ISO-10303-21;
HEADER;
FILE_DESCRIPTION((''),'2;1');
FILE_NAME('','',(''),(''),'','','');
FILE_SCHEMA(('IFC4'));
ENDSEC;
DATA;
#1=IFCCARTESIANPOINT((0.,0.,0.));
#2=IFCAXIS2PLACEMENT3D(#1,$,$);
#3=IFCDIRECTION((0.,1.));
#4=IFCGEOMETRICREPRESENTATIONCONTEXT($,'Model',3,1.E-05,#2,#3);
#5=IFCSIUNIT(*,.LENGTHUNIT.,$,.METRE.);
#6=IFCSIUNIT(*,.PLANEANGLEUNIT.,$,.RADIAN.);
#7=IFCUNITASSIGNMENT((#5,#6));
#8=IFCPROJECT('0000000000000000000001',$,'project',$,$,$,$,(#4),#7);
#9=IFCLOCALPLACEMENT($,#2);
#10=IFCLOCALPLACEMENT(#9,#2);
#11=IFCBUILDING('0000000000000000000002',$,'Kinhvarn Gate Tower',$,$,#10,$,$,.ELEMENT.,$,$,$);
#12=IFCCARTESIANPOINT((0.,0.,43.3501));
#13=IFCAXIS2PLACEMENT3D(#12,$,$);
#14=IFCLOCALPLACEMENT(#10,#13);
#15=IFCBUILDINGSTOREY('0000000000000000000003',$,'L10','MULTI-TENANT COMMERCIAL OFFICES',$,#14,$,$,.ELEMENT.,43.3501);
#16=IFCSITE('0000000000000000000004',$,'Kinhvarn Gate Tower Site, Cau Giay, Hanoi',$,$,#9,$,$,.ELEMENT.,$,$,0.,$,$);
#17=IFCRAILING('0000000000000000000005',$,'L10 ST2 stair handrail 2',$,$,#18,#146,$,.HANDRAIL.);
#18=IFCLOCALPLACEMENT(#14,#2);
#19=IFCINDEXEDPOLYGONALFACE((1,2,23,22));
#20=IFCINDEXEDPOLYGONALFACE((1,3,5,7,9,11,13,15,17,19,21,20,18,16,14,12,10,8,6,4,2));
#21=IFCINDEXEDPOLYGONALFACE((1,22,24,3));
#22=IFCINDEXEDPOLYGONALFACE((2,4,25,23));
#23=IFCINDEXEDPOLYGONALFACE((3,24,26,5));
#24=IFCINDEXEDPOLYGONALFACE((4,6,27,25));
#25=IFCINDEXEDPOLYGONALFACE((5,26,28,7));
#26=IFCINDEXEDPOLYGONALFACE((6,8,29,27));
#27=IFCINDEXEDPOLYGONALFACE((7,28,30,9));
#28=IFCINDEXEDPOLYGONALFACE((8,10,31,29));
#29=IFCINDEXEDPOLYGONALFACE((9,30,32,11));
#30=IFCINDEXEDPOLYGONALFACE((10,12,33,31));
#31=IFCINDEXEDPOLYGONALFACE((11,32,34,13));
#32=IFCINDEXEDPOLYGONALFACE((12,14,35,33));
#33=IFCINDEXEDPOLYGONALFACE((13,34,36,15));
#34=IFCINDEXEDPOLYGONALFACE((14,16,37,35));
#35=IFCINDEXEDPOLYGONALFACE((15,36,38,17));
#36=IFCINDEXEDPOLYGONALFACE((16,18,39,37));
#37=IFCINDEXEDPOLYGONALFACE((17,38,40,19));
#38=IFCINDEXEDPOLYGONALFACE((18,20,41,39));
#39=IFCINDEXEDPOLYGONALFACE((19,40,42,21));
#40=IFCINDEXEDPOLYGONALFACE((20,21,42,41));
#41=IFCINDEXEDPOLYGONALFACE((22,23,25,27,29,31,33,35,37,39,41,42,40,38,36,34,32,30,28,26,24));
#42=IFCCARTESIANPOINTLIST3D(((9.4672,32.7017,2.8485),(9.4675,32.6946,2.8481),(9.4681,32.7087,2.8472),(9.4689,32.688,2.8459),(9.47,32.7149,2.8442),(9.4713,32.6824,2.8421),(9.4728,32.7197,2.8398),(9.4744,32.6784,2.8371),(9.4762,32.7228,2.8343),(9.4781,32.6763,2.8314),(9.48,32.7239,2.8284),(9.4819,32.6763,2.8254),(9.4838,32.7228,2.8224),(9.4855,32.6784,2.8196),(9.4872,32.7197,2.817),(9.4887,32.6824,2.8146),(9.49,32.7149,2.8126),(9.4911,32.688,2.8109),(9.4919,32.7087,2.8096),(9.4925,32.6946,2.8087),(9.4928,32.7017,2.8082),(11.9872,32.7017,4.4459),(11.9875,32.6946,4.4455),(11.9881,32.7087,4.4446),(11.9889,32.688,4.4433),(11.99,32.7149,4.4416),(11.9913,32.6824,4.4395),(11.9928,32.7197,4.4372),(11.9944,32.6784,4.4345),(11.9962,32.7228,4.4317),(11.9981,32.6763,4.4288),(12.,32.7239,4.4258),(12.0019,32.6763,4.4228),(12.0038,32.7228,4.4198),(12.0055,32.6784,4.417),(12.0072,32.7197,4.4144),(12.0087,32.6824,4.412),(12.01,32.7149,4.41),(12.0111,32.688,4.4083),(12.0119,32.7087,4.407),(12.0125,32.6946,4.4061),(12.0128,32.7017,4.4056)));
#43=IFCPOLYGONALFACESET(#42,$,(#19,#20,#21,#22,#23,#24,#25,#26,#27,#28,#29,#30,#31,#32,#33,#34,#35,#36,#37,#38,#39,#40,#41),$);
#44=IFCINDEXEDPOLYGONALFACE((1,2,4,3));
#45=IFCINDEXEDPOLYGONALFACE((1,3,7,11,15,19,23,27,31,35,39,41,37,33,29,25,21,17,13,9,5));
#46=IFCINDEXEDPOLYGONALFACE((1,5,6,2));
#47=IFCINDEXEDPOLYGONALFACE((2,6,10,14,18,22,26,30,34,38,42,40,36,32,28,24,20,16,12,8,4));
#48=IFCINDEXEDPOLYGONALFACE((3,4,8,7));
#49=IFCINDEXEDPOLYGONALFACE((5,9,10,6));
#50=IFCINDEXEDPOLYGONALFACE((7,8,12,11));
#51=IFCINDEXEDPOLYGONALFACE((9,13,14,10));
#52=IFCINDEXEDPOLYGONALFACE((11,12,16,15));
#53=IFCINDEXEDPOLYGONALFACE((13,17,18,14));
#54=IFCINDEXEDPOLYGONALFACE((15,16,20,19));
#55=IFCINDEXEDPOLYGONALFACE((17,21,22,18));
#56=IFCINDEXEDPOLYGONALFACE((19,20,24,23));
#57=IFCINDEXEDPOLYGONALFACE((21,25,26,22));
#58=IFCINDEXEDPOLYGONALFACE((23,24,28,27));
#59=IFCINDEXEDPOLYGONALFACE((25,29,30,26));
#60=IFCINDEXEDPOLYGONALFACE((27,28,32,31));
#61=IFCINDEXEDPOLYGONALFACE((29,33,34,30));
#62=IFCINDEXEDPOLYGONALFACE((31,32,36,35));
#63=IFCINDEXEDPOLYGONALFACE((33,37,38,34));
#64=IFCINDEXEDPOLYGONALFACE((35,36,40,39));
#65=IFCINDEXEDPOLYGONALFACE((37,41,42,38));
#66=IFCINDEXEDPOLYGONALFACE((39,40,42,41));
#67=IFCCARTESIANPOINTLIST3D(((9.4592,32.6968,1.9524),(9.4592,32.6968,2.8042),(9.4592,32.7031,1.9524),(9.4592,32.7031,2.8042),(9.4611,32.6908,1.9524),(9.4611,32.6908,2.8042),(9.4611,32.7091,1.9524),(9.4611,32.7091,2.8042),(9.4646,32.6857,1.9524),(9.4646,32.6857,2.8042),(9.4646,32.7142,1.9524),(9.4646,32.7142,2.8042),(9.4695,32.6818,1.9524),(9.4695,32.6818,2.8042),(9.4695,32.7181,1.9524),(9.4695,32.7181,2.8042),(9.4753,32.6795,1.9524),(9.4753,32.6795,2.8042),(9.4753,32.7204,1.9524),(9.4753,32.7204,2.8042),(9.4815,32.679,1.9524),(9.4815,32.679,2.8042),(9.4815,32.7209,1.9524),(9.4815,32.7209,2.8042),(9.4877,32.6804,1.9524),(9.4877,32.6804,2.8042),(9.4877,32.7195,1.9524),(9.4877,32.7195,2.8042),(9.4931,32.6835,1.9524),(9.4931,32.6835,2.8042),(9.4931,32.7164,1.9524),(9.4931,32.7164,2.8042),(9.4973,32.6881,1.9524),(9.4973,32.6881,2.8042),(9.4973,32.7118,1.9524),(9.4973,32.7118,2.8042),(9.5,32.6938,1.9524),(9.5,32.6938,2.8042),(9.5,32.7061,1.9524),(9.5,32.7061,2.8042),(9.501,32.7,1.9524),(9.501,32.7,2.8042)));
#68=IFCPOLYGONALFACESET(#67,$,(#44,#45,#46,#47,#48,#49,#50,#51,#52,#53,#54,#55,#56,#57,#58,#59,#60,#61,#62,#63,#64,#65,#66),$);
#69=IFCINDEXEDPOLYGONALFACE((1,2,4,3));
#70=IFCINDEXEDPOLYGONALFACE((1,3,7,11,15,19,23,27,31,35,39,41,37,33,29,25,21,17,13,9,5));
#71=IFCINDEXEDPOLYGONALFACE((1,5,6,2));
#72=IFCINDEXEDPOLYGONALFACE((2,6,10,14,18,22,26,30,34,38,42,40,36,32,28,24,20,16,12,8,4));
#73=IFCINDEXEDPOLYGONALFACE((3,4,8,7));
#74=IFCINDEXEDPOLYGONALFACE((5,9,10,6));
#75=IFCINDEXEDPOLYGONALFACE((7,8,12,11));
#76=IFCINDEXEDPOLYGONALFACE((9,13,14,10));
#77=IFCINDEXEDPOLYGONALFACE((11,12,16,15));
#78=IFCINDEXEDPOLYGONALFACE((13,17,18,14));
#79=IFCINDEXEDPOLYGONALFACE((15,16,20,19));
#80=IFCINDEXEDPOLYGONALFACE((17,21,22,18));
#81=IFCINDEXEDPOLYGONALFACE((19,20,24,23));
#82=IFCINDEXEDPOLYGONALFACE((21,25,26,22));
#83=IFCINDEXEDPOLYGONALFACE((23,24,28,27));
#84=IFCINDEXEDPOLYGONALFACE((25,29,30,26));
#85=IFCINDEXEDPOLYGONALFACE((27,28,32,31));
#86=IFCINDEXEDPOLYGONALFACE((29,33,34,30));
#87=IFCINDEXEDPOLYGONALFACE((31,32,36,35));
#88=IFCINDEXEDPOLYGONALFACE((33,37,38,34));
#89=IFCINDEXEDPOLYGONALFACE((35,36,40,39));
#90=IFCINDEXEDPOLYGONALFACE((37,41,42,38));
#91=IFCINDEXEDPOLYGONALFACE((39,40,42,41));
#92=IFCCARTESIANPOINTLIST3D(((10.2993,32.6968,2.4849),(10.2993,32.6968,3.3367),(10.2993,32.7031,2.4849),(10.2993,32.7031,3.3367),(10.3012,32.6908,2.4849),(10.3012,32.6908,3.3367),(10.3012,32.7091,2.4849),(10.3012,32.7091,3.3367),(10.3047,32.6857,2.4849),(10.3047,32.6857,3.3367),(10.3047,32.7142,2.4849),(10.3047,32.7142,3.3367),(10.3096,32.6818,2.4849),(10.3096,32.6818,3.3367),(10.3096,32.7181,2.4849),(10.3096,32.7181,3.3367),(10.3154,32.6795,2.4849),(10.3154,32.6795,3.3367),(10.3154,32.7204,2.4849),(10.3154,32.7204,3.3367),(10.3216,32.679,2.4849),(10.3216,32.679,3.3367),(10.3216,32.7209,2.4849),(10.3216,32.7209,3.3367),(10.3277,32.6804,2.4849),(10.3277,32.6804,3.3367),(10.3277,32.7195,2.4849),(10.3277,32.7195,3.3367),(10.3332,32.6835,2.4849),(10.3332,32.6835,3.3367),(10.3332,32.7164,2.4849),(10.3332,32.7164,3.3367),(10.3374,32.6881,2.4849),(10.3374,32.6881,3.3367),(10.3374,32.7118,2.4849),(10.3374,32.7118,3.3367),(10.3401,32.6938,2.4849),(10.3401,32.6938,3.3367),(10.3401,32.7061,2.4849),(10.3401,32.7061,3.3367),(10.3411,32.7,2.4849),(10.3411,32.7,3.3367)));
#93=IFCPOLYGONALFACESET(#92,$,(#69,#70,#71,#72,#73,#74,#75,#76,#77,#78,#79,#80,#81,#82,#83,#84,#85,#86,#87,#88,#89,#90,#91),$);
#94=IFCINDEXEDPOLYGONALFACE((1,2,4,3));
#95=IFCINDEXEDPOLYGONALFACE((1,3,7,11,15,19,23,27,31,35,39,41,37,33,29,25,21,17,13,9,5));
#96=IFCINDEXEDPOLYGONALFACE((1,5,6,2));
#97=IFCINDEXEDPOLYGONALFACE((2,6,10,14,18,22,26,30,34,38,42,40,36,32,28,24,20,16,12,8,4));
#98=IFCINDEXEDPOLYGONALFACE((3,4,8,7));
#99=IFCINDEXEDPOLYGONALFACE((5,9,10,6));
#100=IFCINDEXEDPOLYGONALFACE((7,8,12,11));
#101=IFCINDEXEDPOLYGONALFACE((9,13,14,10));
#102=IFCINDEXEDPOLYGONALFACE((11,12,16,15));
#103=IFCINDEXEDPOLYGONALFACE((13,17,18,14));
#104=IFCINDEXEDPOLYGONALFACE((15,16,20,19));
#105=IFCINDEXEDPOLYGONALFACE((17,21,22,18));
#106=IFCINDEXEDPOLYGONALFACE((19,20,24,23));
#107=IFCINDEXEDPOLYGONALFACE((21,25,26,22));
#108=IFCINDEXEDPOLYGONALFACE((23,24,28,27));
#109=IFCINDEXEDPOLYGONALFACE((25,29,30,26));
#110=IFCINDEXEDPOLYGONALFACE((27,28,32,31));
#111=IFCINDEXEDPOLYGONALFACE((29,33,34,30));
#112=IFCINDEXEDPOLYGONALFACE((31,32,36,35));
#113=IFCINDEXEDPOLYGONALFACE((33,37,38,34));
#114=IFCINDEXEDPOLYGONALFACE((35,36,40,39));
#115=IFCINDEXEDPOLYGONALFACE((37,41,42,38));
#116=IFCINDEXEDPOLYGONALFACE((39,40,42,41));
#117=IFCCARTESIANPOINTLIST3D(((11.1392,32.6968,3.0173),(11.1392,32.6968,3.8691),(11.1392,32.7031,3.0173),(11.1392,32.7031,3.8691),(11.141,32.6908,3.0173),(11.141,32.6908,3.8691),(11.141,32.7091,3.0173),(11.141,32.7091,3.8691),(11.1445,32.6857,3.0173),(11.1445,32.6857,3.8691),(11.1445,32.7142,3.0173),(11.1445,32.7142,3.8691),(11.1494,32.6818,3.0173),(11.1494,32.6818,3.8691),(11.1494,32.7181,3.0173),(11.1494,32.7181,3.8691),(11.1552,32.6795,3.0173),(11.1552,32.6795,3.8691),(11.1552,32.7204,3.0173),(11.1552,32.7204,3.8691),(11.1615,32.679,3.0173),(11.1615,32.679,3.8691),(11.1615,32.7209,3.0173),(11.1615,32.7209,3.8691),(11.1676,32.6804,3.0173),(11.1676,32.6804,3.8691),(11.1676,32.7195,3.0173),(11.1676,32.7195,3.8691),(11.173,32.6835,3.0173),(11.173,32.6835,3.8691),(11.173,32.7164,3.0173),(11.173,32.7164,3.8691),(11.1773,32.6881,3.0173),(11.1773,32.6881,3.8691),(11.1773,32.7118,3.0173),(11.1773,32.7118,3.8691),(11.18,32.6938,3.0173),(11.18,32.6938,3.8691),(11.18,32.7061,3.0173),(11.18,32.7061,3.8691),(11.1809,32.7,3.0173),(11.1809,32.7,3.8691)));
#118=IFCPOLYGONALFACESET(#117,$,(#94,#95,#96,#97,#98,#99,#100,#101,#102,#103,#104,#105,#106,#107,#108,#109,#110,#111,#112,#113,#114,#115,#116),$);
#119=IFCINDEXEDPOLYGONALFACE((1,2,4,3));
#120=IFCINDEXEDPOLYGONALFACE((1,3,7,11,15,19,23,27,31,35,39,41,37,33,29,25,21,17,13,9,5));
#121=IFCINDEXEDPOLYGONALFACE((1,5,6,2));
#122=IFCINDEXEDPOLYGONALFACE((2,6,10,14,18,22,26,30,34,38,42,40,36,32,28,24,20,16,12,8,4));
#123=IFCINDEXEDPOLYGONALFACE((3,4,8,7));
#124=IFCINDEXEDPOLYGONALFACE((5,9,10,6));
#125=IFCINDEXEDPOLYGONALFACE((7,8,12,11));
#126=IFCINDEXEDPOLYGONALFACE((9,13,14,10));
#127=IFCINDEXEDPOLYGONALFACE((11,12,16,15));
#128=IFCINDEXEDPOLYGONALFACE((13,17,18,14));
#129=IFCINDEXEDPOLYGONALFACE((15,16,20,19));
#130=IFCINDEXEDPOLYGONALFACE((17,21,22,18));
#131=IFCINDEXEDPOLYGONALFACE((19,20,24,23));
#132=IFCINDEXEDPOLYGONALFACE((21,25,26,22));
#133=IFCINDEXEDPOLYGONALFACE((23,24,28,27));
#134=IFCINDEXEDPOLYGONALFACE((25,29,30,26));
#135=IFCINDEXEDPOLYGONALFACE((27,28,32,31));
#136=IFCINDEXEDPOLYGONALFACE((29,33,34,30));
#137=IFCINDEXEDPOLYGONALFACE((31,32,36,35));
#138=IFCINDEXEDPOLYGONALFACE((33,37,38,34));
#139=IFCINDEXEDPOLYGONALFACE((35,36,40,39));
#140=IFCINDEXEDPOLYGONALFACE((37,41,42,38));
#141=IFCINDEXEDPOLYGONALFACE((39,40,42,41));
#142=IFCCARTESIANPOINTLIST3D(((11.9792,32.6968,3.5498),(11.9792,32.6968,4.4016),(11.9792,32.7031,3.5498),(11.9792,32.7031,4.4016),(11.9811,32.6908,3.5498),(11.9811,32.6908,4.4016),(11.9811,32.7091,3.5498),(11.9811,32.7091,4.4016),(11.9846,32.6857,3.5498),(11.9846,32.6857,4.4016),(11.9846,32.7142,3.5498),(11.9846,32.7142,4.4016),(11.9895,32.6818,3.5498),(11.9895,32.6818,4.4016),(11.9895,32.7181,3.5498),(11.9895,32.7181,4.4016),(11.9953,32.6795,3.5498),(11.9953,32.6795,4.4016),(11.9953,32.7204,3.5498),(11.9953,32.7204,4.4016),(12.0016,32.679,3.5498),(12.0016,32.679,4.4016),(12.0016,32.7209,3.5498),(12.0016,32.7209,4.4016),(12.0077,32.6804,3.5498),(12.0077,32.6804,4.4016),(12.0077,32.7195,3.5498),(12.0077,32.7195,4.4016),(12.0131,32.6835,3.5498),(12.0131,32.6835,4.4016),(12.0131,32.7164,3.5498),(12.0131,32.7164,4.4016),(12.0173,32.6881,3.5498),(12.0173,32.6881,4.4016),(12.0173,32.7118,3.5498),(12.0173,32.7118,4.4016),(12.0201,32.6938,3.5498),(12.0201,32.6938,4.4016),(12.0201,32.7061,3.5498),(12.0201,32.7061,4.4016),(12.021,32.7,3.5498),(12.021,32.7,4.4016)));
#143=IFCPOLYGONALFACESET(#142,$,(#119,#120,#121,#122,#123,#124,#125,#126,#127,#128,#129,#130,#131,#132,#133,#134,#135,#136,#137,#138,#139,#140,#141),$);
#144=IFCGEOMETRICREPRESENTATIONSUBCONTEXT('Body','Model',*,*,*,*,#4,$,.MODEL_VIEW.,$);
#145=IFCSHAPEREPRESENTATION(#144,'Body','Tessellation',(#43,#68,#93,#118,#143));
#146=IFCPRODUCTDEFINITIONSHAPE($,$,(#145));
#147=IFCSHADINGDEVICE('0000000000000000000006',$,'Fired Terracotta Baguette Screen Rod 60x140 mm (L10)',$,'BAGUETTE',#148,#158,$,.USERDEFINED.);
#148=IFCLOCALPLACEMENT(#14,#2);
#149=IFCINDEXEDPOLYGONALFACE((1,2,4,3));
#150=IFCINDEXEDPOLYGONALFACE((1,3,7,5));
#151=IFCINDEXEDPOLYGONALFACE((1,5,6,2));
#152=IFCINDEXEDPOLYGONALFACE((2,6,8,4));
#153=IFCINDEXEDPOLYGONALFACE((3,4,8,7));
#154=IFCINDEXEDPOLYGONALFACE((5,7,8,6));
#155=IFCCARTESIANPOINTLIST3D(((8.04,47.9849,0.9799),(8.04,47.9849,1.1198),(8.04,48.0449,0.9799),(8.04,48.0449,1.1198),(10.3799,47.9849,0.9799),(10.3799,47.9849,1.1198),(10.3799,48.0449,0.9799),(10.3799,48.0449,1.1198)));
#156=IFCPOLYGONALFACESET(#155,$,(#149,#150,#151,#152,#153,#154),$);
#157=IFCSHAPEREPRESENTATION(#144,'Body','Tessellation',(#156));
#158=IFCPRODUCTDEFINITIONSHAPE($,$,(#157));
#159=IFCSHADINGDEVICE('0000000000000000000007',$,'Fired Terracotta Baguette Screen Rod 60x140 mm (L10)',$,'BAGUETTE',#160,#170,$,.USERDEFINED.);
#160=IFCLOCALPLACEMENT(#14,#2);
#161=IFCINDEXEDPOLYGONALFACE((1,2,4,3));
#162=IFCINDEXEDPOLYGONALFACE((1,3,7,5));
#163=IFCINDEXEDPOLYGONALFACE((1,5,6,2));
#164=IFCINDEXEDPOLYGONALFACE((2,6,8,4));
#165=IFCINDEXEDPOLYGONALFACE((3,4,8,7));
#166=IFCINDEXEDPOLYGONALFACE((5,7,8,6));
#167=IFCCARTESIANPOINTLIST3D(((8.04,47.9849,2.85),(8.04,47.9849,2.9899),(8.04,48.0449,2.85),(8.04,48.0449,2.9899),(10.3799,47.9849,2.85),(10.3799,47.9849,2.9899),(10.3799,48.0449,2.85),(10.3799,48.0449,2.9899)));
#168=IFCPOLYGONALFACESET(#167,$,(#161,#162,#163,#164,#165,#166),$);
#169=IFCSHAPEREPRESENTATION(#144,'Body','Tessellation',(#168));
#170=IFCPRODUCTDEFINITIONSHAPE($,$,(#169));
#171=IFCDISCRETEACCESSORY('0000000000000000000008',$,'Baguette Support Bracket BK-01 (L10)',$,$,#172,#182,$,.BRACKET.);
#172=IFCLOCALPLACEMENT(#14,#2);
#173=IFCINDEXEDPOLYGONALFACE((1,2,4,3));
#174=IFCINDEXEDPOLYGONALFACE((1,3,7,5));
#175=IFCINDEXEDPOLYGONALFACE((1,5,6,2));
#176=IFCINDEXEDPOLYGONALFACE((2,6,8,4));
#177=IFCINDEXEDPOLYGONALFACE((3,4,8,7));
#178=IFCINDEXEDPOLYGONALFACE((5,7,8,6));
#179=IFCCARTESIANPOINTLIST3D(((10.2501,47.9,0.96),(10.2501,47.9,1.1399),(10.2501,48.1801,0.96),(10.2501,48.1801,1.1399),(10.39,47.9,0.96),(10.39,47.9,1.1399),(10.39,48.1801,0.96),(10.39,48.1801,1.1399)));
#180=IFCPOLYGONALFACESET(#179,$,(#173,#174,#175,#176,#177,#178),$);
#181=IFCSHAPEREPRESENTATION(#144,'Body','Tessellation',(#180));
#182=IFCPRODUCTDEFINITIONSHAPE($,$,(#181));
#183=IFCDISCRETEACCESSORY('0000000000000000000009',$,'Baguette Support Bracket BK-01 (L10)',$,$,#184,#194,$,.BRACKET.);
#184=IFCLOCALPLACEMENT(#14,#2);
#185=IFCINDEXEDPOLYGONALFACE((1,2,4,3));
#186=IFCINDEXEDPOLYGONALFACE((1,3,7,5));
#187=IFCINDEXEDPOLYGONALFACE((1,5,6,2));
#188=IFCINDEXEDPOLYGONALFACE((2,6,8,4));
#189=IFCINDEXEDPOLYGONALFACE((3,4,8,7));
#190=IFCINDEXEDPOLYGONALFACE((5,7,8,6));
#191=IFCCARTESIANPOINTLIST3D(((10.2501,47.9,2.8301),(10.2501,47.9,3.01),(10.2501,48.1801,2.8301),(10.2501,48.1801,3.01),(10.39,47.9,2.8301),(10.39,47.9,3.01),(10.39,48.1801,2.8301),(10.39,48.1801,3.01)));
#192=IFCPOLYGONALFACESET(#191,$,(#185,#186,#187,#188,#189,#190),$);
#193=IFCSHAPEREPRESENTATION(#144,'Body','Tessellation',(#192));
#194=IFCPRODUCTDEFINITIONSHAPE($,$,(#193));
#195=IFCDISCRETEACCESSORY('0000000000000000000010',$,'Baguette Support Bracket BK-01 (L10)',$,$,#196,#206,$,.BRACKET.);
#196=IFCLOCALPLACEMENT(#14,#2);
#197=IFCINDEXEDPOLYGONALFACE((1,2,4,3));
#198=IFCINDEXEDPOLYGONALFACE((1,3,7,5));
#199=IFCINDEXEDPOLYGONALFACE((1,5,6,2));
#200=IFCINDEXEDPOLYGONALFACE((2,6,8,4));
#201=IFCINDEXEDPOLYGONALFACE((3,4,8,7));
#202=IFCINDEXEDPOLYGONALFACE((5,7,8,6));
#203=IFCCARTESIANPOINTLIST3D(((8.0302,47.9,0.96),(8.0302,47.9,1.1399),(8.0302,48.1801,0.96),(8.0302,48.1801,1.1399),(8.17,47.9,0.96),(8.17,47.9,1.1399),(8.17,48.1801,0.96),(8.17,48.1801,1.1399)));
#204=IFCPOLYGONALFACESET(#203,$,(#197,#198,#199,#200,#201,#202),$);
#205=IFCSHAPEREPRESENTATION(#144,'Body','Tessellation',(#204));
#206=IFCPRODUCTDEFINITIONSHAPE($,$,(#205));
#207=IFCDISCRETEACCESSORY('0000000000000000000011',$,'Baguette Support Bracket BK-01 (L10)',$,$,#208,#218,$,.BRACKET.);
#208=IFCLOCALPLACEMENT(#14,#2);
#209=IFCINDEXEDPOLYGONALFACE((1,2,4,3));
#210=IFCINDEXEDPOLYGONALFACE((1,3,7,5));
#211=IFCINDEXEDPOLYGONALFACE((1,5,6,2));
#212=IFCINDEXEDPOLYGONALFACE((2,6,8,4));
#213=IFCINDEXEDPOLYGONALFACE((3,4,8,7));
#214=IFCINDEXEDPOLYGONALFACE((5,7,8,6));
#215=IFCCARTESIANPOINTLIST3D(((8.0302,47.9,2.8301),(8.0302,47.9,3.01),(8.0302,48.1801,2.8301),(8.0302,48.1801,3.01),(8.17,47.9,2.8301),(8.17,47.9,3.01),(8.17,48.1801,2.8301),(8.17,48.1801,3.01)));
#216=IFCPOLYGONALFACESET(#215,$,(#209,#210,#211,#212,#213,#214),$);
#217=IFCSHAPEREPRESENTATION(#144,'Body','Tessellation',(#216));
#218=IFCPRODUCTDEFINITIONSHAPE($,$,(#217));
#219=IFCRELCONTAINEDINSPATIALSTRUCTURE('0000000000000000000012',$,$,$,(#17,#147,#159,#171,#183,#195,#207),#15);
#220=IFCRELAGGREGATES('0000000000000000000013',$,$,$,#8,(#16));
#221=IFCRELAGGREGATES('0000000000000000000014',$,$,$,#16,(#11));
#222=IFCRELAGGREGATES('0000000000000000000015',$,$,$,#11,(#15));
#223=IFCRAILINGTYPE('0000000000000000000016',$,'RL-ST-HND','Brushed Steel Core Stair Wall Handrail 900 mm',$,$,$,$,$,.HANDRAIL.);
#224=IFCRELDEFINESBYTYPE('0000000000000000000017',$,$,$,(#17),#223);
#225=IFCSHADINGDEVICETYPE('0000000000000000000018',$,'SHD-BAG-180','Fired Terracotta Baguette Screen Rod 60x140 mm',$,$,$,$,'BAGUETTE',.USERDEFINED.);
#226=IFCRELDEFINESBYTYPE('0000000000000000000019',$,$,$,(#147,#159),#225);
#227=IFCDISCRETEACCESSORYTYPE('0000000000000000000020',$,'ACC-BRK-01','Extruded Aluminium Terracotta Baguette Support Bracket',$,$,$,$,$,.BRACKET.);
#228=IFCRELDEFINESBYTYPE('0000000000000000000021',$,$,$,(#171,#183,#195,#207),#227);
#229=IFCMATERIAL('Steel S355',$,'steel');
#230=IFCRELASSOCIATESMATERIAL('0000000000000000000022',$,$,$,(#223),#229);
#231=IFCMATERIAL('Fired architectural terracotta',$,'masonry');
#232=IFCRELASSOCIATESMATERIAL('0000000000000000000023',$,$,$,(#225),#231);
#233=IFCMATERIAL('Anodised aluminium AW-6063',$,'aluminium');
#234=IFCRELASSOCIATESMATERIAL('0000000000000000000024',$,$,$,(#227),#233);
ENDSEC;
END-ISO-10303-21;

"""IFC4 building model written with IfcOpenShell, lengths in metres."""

from ifc_helpers import new_model, si_unit, direction, frame, origin, origin_2d, place, context, subcontext, project, spatial, rectangle, circle, extrude, material, material_profile, profile_set, type_object, element, save


model = new_model("IFC4")

# Units and contexts
model_context = context("Model", 3, precision=1e-05, world=origin(), true_north=direction((0.0, 1.0)))
body_context = subcontext(model_context, "Body", "Model", "MODEL_VIEW")
ifc_project = project(units=[si_unit("LENGTHUNIT", "METRE"), si_unit("PLANEANGLEUNIT", "RADIAN")], contexts=[model_context])

# Site, building, storey
site_placement = place(None, origin())
site = spatial("IfcSite", under=ifc_project, at=site_placement, Name="Kinhvarn Gate Tower Site, Cau Giay, Hanoi", CompositionType="ELEMENT", RefElevation=0.0)
building_placement = place(site_placement, origin())
building = spatial("IfcBuilding", under=site, at=building_placement, Name="Kinhvarn Gate Tower", CompositionType="ELEMENT")
storey_placement = place(building_placement, frame((0.0, 0.0, 43.3501)))
storey = spatial("IfcBuildingStorey", under=building, at=storey_placement, Name="L10", Description="MULTI-TENANT COMMERCIAL OFFICES", CompositionType="ELEMENT", Elevation=43.3501)

# Shared definitions
ifc_material_1 = material(Name="Anodised aluminium AW-6063", Category="aluminium")

# Shared definitions
ifc_material_2 = material(Name="Steel S355", Category="steel")

# Shared definitions
ifc_material_3 = material(Name="Fired architectural terracotta", Category="masonry")

# Railing
railing_type_1 = type_object("IfcRailingType", Name="RL-ST-HND", Description="Brushed Steel Core Stair Wall Handrail 900 mm", PredefinedType="HANDRAIL", material=ifc_material_2)
railing_1_placement = place(storey_placement, frame((9.48, 32.7, 1.9524)))
element("IfcRailing", 1, at=railing_1_placement, inside=storey, type_object=railing_type_1, Name="L10 ST2 stair handrail 2", PredefinedType="HANDRAIL", context=body_context, shape_type="SweptSolid", body=[
    extrude(circle(Radius=0.0239, at=origin_2d()), frame((0.0, 0.0, 0.876), z_axis=(0.844607, 0.0, 0.535387), x_axis=(0.0, 1.0, 0.0)), (0.0, 0.0, 1.0), 2.9836),
    extrude(circle(Radius=0.021, at=origin_2d()), origin(), (0.0, 0.0, 1.0), 0.8518),
    extrude(circle(Radius=0.021, at=origin_2d()), frame((0.8401, 0.0, 0.5325)), (0.0, 0.0, 1.0), 0.8518),
    extrude(circle(Radius=0.021, at=origin_2d()), frame((1.6799, 0.0, 1.0649)), (0.0, 0.0, 1.0), 0.8518),
    extrude(circle(Radius=0.021, at=origin_2d()), frame((2.52, 0.0, 1.5974)), (0.0, 0.0, 1.0), 0.8518),
])

# Shading devices
ifc_material_profile_1 = material_profile(ifc_material_3, rectangle(XDim=0.0601, YDim=0.1399, at=origin_2d()), Name="TC 60x140")
ifc_profile_set_1 = profile_set([ifc_material_profile_1], Name="Fired architectural terracotta")
shading_device_type = type_object("IfcShadingDeviceType", Name="SHD-BAG-180", Description="Fired Terracotta Baguette Screen Rod 60x140 mm", ElementType="BAGUETTE", PredefinedType="USERDEFINED", material=ifc_profile_set_1)
for number, where, z_axis, x_axis, name in (
    (2, (10.3799, 48.0149, 1.0498), (-1.0, 0.0, 0.0), (0.0, -1.0, 0.0), "Fired Terracotta Baguette Screen Rod 60x140 mm (L10)"),
    (3, (10.3799, 48.0149, 2.9199), (-1.0, 0.0, 0.0), (0.0, -1.0, 0.0), "Fired Terracotta Baguette Screen Rod 60x140 mm (L10)"),
):
    element("IfcShadingDevice", number, at=place(storey_placement, frame(where, z_axis=z_axis, x_axis=x_axis)), inside=storey, type_object=shading_device_type, Name=name, ObjectType="BAGUETTE", PredefinedType="USERDEFINED", context=body_context, shape_type="SweptSolid", body=[
        extrude(rectangle(XDim=0.0601, YDim=0.1399, at=origin_2d()), origin(), (0.0, 0.0, 1.0), 2.3398),
    ])

# Discrete accessories
discrete_accessory_type = type_object("IfcDiscreteAccessoryType", Name="ACC-BRK-01", Description="Extruded Aluminium Terracotta Baguette Support Bracket", PredefinedType="BRACKET", material=ifc_material_1)
for number, where, z_axis, x_axis, name in (
    (4, (10.3201, 48.04, 0.96), (0.0, 0.0, 1.0), (-1.0, 0.0, 0.0), "Baguette Support Bracket BK-01 (L10)"),
    (5, (10.3201, 48.04, 2.8301), (0.0, 0.0, 1.0), (-1.0, 0.0, 0.0), "Baguette Support Bracket BK-01 (L10)"),
    (6, (8.1001, 48.04, 0.96), (0.0, 0.0, 1.0), (-1.0, 0.0, 0.0), "Baguette Support Bracket BK-01 (L10)"),
    (7, (8.1001, 48.04, 2.8301), (0.0, 0.0, 1.0), (-1.0, 0.0, 0.0), "Baguette Support Bracket BK-01 (L10)"),
):
    element("IfcDiscreteAccessory", number, at=place(storey_placement, frame(where, z_axis=z_axis, x_axis=x_axis)), inside=storey, type_object=discrete_accessory_type, Name=name, PredefinedType="BRACKET", context=body_context, shape_type="SweptSolid", body=[
        extrude(rectangle(XDim=0.1399, YDim=0.28, at=origin_2d()), origin(), (0.0, 0.0, 1.0), 0.1799),
    ])

save(model, "model.ifc")
